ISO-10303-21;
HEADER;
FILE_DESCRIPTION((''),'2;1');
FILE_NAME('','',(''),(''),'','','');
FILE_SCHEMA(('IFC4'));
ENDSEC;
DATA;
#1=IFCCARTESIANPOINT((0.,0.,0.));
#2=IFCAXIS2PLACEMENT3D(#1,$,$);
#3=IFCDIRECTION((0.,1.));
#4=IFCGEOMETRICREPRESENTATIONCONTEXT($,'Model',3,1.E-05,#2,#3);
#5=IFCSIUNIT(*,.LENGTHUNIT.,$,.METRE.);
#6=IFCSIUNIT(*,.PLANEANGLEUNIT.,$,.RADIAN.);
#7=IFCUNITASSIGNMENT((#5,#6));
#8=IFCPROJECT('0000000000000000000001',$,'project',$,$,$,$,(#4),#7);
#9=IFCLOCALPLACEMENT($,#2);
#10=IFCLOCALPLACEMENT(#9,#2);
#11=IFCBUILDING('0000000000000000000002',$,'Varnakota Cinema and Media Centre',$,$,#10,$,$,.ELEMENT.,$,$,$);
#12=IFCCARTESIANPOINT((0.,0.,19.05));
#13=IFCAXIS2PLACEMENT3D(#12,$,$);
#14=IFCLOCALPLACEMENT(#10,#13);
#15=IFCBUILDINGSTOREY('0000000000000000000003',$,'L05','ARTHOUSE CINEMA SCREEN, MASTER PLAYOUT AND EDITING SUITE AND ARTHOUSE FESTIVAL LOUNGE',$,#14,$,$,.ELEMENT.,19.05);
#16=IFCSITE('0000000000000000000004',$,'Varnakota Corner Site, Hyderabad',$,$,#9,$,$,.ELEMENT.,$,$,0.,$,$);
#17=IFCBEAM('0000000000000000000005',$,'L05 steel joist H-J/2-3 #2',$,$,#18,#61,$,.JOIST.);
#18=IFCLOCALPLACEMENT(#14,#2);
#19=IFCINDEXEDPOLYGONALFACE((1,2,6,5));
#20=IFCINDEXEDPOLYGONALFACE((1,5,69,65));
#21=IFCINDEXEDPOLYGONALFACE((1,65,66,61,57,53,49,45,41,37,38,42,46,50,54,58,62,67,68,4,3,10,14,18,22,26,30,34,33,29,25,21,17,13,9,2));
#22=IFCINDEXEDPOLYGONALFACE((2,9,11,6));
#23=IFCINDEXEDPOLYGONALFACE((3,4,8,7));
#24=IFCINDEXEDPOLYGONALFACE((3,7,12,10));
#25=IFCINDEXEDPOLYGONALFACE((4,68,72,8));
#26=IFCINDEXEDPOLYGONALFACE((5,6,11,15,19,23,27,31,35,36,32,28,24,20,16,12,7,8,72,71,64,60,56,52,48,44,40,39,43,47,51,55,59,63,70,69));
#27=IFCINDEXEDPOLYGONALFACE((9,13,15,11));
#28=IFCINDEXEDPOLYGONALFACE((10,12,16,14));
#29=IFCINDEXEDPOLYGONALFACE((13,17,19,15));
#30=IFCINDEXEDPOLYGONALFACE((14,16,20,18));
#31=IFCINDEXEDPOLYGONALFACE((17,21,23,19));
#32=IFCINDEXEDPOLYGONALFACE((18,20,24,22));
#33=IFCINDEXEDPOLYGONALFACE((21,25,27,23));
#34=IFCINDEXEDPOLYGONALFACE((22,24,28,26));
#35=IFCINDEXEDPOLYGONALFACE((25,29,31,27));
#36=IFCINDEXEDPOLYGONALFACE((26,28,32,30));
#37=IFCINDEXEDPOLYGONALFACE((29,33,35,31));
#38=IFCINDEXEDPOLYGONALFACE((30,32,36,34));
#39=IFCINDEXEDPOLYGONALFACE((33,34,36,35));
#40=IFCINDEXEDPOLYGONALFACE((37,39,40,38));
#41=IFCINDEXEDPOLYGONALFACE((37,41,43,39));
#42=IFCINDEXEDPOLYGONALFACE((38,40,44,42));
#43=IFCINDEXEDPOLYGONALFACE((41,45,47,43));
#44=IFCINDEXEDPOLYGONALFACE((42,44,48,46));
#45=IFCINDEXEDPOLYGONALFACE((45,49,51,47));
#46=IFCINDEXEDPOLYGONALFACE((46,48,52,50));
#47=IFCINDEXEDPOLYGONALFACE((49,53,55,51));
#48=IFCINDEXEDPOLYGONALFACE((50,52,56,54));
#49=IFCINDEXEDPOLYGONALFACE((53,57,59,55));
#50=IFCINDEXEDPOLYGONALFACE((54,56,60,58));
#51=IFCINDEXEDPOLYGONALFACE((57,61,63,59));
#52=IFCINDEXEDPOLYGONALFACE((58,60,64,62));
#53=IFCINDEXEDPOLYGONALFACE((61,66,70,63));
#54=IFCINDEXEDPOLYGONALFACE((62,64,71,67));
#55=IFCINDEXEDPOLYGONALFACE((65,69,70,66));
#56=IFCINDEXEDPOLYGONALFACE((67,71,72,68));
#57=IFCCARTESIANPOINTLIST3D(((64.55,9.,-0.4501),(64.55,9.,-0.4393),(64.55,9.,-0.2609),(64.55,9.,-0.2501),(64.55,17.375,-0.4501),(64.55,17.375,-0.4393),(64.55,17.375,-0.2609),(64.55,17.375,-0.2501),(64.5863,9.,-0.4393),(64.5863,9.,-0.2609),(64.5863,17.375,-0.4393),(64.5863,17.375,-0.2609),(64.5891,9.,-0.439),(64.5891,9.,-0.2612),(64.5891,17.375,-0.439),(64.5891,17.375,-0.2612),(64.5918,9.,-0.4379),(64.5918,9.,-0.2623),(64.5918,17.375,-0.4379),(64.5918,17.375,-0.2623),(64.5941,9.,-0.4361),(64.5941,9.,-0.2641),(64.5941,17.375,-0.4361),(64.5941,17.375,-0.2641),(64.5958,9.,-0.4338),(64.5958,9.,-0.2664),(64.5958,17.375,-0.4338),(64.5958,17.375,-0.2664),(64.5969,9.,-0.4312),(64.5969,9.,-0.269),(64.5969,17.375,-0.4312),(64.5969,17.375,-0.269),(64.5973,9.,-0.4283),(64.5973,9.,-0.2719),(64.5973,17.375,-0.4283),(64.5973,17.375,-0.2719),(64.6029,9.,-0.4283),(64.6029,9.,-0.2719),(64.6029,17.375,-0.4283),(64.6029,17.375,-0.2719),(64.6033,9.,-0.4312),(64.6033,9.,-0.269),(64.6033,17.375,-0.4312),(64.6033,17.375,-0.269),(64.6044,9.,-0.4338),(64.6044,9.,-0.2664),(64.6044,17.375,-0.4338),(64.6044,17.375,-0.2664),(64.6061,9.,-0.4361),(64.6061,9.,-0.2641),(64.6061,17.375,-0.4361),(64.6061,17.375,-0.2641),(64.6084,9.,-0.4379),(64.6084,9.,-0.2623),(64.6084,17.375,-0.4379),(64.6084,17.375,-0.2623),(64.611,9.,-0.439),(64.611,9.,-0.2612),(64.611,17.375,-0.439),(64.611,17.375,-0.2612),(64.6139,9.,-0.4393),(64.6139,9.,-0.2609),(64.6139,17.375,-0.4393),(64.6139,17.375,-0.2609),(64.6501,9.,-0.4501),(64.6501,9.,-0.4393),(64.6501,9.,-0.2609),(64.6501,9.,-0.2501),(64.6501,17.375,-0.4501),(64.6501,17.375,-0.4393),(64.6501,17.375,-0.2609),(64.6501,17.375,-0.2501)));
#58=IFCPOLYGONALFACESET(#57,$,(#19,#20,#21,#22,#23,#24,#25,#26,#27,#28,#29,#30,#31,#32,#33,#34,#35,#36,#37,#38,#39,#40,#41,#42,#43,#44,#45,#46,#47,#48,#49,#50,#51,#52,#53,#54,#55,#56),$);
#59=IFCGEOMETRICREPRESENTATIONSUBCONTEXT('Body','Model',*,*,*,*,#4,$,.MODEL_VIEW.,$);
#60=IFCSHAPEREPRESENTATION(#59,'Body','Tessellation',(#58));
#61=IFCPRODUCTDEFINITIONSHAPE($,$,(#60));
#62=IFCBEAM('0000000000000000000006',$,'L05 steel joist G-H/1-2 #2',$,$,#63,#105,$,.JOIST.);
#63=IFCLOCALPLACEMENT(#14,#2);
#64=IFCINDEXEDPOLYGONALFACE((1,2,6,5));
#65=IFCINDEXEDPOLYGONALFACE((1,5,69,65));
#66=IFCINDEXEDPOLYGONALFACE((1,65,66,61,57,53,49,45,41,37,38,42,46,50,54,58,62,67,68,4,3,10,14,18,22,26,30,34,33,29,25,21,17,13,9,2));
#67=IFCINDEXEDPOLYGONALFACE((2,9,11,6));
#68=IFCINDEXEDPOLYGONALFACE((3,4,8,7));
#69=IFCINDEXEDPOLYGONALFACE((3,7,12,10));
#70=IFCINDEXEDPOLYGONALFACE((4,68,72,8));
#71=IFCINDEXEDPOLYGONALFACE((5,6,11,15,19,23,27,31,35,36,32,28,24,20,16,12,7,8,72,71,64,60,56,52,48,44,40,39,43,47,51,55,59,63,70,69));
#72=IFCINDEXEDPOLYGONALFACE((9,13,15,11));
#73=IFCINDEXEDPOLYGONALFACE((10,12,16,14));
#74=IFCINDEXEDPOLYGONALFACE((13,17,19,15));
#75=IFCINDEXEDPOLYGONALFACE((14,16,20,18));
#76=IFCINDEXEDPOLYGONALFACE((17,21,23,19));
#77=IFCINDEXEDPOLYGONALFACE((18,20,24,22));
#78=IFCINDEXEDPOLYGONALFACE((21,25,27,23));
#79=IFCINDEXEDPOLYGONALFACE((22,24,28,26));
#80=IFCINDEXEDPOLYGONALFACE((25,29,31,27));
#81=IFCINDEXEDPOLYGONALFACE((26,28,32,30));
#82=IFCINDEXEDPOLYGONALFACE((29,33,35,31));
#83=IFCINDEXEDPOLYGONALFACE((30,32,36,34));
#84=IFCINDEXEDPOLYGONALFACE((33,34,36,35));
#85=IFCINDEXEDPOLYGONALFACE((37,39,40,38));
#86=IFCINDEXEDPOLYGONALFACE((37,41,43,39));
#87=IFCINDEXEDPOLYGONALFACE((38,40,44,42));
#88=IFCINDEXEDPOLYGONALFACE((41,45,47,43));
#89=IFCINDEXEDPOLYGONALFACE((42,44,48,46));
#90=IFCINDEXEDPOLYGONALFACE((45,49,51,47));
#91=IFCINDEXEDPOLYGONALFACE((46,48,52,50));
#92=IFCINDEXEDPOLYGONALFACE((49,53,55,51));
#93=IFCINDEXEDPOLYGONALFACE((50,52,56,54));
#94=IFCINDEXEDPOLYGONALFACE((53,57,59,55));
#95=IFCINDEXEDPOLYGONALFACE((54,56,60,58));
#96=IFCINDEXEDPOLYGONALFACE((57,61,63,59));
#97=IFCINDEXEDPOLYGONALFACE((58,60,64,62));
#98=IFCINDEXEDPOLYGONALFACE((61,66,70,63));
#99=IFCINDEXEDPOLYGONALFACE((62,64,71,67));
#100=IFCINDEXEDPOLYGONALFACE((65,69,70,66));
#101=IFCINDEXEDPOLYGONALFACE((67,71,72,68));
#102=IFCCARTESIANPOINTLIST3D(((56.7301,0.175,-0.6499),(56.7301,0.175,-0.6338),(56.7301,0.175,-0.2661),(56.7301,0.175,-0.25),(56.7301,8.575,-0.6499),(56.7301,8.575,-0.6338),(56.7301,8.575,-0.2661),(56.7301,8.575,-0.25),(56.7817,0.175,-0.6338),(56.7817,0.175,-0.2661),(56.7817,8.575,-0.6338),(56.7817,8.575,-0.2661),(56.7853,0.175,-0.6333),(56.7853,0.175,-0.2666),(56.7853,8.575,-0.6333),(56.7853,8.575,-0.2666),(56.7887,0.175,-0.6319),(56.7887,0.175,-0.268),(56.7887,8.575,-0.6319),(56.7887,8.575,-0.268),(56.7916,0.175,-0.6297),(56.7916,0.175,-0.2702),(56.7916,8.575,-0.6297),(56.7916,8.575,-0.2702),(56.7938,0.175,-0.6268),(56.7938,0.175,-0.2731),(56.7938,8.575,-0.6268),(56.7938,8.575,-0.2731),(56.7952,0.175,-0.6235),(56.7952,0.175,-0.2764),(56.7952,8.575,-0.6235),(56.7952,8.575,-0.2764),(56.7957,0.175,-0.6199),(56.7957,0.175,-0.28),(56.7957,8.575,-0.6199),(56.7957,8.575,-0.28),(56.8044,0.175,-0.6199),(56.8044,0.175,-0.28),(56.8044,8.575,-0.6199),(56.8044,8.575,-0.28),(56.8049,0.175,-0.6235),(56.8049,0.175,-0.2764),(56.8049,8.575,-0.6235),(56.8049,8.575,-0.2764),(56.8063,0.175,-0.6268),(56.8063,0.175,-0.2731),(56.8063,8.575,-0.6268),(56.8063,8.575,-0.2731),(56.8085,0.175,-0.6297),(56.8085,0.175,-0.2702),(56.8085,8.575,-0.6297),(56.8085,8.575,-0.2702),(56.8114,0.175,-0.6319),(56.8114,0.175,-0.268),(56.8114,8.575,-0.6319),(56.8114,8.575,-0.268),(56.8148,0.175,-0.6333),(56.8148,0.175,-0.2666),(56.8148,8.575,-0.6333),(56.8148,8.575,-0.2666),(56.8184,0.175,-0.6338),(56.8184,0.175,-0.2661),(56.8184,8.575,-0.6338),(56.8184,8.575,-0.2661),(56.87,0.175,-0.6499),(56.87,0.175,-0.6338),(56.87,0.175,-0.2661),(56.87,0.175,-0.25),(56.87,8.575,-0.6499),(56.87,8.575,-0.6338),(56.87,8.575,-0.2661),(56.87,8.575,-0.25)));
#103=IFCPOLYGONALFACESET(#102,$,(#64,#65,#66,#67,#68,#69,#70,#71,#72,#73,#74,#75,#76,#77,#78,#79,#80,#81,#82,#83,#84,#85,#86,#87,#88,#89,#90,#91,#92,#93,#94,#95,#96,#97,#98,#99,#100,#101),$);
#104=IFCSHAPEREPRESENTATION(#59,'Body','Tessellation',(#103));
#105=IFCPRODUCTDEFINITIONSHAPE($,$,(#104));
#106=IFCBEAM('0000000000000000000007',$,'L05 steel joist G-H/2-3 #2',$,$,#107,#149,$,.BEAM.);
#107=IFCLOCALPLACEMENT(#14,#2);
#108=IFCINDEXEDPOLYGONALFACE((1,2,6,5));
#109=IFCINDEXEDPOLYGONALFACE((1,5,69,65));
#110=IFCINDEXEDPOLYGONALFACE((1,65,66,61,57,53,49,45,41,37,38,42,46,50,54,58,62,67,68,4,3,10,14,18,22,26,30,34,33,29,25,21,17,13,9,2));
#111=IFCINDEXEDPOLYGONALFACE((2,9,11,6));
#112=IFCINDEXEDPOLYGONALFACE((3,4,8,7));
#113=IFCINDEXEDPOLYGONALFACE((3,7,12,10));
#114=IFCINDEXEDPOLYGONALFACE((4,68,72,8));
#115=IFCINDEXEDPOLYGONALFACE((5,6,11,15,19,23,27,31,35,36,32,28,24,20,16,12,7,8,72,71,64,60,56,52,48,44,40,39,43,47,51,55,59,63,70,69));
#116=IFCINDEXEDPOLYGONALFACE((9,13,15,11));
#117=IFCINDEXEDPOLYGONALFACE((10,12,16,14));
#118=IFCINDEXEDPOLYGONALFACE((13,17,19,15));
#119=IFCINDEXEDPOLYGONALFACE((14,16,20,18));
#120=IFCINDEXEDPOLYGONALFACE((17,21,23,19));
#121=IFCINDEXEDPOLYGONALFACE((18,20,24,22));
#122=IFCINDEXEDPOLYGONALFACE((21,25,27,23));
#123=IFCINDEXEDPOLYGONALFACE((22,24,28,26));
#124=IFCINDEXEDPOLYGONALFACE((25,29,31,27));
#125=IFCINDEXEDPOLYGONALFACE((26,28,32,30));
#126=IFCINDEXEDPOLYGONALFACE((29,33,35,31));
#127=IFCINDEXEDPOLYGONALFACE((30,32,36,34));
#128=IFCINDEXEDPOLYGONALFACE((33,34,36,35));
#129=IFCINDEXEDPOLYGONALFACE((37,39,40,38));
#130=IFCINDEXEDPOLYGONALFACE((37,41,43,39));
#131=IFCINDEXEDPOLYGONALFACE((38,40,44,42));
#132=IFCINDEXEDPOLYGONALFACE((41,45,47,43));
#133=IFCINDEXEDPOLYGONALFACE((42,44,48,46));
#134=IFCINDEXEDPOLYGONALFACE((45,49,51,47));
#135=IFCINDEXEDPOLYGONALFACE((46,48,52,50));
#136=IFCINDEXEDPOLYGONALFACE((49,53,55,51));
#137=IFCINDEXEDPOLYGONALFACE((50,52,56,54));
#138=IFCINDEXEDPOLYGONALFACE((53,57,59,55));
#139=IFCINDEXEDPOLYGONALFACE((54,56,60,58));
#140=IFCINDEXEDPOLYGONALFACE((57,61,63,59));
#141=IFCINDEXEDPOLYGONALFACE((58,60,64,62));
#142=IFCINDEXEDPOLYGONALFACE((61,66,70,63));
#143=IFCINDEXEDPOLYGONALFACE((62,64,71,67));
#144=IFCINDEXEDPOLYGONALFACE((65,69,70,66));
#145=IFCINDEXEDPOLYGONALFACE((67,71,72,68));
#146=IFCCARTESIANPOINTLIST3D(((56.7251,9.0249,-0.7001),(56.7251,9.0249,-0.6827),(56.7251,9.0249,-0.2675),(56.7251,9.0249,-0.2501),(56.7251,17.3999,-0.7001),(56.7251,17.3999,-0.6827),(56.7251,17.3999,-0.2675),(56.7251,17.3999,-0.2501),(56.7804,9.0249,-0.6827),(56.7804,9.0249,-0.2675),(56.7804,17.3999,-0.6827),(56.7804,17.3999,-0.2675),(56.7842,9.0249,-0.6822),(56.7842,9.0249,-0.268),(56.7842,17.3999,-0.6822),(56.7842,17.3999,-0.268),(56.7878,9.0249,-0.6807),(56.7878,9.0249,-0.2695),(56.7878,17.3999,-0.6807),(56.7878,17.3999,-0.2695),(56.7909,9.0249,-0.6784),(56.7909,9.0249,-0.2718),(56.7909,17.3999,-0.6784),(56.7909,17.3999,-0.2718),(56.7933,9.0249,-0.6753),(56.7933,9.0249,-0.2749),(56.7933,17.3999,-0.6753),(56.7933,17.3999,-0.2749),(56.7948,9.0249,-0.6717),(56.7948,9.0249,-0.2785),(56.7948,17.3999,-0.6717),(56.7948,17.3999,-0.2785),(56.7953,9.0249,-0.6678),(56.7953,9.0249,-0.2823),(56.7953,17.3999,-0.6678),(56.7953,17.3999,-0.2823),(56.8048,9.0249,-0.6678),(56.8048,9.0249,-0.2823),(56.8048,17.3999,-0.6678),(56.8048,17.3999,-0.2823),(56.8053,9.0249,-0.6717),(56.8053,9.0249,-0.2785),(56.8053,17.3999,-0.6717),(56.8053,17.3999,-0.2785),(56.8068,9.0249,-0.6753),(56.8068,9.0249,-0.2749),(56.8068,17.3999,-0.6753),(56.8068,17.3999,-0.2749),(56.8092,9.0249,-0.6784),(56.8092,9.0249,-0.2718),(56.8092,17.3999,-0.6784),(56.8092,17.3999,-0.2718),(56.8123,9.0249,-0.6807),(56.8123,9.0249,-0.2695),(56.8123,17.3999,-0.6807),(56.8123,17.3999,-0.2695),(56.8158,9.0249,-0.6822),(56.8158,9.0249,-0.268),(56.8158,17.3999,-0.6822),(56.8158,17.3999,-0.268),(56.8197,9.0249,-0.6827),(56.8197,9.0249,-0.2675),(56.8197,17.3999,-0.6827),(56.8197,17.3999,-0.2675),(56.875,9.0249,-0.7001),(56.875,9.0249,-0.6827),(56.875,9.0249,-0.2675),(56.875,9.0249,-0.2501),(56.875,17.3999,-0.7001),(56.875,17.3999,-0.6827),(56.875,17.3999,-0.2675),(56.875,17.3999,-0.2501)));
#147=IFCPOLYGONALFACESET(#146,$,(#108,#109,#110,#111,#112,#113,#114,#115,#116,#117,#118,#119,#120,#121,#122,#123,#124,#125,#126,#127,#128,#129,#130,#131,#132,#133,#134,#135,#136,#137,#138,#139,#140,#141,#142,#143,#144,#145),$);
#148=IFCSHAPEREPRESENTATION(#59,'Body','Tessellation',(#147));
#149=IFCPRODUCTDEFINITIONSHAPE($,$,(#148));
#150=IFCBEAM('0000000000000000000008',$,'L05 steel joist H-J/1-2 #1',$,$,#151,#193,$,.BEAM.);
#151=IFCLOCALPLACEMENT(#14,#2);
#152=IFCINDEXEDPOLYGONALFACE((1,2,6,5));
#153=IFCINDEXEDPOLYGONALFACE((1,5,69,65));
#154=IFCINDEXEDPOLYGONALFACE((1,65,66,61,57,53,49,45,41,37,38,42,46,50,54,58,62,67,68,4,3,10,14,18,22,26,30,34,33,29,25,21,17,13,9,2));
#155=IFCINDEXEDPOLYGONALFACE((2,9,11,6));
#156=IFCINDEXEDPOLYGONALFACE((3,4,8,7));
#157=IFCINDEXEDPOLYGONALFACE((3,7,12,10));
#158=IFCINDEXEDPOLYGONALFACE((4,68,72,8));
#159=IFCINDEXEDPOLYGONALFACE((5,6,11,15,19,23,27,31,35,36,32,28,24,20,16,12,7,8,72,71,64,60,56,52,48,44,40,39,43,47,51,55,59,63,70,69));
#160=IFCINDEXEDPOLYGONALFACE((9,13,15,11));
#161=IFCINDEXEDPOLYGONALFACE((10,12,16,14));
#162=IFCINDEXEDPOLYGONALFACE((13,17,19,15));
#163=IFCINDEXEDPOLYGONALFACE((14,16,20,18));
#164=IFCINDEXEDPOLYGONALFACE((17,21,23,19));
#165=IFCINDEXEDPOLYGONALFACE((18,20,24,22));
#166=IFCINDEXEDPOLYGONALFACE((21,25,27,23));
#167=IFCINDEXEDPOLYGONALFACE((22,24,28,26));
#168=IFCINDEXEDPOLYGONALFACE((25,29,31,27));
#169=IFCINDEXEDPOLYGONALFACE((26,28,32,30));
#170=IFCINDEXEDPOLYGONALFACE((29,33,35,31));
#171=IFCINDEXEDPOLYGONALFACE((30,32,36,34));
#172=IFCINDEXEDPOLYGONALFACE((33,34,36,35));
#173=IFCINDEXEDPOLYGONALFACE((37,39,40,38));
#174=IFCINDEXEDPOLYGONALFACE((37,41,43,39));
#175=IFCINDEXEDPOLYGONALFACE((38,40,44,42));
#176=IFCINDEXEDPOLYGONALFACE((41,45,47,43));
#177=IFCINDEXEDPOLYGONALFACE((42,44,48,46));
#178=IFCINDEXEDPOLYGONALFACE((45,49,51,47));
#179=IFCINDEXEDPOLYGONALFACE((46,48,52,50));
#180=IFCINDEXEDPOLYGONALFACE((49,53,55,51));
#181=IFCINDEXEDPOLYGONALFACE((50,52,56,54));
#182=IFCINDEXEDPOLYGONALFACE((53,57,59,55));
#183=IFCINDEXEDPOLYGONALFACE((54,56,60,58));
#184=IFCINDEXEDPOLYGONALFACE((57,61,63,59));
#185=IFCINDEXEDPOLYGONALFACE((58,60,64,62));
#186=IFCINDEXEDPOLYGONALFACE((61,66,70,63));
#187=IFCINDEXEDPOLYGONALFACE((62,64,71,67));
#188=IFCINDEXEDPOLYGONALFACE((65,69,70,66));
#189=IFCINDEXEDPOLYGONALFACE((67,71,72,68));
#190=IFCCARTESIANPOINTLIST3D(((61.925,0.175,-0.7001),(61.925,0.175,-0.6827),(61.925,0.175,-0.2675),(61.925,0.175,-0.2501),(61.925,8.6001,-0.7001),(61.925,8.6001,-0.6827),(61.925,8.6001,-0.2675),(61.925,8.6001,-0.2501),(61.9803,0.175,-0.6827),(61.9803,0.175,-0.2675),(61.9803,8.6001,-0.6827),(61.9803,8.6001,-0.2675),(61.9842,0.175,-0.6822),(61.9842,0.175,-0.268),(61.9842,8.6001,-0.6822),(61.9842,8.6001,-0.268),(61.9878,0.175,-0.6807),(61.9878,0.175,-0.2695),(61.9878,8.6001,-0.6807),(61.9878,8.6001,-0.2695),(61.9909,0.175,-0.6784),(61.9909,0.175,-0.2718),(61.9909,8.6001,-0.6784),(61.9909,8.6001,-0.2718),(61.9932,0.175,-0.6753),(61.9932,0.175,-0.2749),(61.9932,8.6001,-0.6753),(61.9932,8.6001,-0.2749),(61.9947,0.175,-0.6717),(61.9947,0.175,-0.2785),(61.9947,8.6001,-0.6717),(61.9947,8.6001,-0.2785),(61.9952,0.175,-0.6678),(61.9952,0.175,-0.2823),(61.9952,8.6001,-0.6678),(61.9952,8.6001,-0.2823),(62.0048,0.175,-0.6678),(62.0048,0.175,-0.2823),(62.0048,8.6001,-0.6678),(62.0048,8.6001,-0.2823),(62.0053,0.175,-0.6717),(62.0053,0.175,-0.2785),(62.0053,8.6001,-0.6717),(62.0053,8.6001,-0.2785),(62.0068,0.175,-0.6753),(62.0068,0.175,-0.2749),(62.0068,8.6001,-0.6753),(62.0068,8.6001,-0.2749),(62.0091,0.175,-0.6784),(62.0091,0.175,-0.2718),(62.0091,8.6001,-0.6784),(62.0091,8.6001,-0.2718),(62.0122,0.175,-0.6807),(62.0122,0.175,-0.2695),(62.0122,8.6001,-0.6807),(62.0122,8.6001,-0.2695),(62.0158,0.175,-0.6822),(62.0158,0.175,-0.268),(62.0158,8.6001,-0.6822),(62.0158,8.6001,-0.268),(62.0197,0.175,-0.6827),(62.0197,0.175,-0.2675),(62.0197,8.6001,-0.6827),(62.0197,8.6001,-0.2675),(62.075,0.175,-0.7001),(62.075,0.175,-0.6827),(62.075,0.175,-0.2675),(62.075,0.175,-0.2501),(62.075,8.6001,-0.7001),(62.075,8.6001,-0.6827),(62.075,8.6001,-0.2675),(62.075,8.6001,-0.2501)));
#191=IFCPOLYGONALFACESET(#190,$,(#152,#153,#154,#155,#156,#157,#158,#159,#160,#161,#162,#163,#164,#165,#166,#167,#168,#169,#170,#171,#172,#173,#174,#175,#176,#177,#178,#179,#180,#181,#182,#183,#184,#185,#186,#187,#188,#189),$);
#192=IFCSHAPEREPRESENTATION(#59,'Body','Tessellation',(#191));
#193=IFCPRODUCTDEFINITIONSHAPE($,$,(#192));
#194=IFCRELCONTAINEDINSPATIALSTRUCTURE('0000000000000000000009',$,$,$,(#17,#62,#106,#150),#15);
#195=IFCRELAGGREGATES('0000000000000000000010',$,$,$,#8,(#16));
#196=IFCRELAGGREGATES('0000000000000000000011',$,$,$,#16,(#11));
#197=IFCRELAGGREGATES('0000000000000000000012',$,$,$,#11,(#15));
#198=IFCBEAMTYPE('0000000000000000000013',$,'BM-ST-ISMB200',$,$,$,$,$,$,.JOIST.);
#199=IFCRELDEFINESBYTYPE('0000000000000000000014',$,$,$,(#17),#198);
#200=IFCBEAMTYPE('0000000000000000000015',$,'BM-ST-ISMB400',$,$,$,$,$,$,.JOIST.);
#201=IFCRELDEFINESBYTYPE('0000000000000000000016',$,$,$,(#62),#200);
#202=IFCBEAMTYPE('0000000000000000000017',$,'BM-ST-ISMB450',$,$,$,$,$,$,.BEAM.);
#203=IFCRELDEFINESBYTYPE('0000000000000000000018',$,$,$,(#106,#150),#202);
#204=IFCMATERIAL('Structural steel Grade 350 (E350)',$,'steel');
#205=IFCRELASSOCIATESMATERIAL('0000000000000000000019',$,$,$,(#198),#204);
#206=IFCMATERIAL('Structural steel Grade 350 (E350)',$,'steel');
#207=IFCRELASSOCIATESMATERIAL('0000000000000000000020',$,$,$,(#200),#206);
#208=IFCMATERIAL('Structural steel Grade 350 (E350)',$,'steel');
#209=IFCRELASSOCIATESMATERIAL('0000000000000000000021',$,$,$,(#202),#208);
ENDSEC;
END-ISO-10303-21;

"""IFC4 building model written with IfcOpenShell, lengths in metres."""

from ifc_helpers import new_model, si_unit, direction, frame, origin, origin_2d, place, context, subcontext, project, spatial, i_section, extrude, material, material_profile, profile_set, type_object, element, save


model = new_model("IFC4")

# Units and contexts
model_context = context("Model", 3, precision=1e-05, world=origin(), true_north=direction((0.0, 1.0)))
body_context = subcontext(model_context, "Body", "Model", "MODEL_VIEW")
ifc_project = project(units=[si_unit("LENGTHUNIT", "METRE"), si_unit("PLANEANGLEUNIT", "RADIAN")], contexts=[model_context])

# Site, building, storey
site_placement = place(None, origin())
site = spatial("IfcSite", under=ifc_project, at=site_placement, Name="Varnakota Corner Site, Hyderabad", CompositionType="ELEMENT", RefElevation=0.0)
building_placement = place(site_placement, origin())
building = spatial("IfcBuilding", under=site, at=building_placement, Name="Varnakota Cinema and Media Centre", CompositionType="ELEMENT")
storey_placement = place(building_placement, frame((0.0, 0.0, 19.05)))
storey = spatial("IfcBuildingStorey", under=building, at=storey_placement, Name="L05", Description="ARTHOUSE CINEMA SCREEN, MASTER PLAYOUT AND EDITING SUITE AND ARTHOUSE FESTIVAL LOUNGE", CompositionType="ELEMENT", Elevation=19.05)

# Beams
ifc_material_1 = material(Name="Structural steel Grade 350 (E350)", Category="steel")
ifc_material_profile_1 = material_profile(ifc_material_1, i_section(OverallWidth=0.1001, OverallDepth=0.2, WebThickness=0.0056, FlangeThickness=0.0107, FilletRadius=0.011, at=origin_2d()), Name="ISMB 200")
ifc_profile_set_1 = profile_set([ifc_material_profile_1], Name="Structural steel Grade 350 (E350)")
beam_type_1 = type_object("IfcBeamType", Name="BM-ST-ISMB200", PredefinedType="JOIST", material=ifc_profile_set_1)
for number, where, z_axis, x_axis, name in (
    (1, (64.6001, 9.0, -0.3501), (0.0, 1.0, 0.0), (-1.0, 0.0, 0.0), "L05 steel joist H-J/2-3 #2"),
):
    element("IfcBeam", number, at=place(storey_placement, frame(where, z_axis=z_axis, x_axis=x_axis)), inside=storey, type_object=beam_type_1, Name=name, PredefinedType="JOIST", context=body_context, shape_type="SweptSolid", body=[
        extrude(i_section(OverallWidth=0.1001, OverallDepth=0.2, WebThickness=0.0056, FlangeThickness=0.0107, FilletRadius=0.011, at=origin_2d()), origin(), (0.0, 0.0, 1.0), 8.375),
    ])
ifc_material_2 = material(Name="Structural steel Grade 350 (E350)", Category="steel")
ifc_material_profile_2 = material_profile(ifc_material_2, i_section(OverallWidth=0.1399, OverallDepth=0.3999, WebThickness=0.0088, FlangeThickness=0.0161, FilletRadius=0.0139, at=origin_2d()), Name="ISMB 400")
ifc_profile_set_2 = profile_set([ifc_material_profile_2], Name="Structural steel Grade 350 (E350)")
beam_type_2 = type_object("IfcBeamType", Name="BM-ST-ISMB400", PredefinedType="JOIST", material=ifc_profile_set_2)
beam_1_placement = place(storey_placement, frame((56.8, 0.175, -0.45), z_axis=(0.0, 1.0, 0.0), x_axis=(-1.0, 0.0, 0.0)))
element("IfcBeam", 2, at=beam_1_placement, inside=storey, type_object=beam_type_2, Name="L05 steel joist G-H/1-2 #2", PredefinedType="JOIST", context=body_context, shape_type="SweptSolid", body=[
    extrude(i_section(OverallWidth=0.1399, OverallDepth=0.3999, WebThickness=0.0088, FlangeThickness=0.0161, FilletRadius=0.0139, at=origin_2d()), origin(), (0.0, 0.0, 1.0), 8.3999),
])
ifc_material_3 = material(Name="Structural steel Grade 350 (E350)", Category="steel")
ifc_material_profile_3 = material_profile(ifc_material_3, i_section(OverallWidth=0.1499, OverallDepth=0.45, WebThickness=0.0095, FlangeThickness=0.0173, FilletRadius=0.0149, at=origin_2d()), Name="ISMB 450")
ifc_profile_set_3 = profile_set([ifc_material_profile_3], Name="Structural steel Grade 350 (E350)")
beam_type_3 = type_object("IfcBeamType", Name="BM-ST-ISMB450", PredefinedType="BEAM", material=ifc_profile_set_3)
beam_2_placement = place(storey_placement, frame((56.8, 9.0249, -0.4751), z_axis=(0.0, 1.0, 0.0), x_axis=(-1.0, 0.0, 0.0)))
element("IfcBeam", 3, at=beam_2_placement, inside=storey, type_object=beam_type_3, Name="L05 steel joist G-H/2-3 #2", PredefinedType="BEAM", context=body_context, shape_type="SweptSolid", body=[
    extrude(i_section(OverallWidth=0.1499, OverallDepth=0.45, WebThickness=0.0095, FlangeThickness=0.0173, FilletRadius=0.0149, at=origin_2d()), origin(), (0.0, 0.0, 1.0), 8.375),
])
for number, where, z_axis, x_axis, name in (
    (4, (62.0, 0.175, -0.4751), (0.0, 1.0, 0.0), (-1.0, 0.0, 0.0), "L05 steel joist H-J/1-2 #1"),
):
    element("IfcBeam", number, at=place(storey_placement, frame(where, z_axis=z_axis, x_axis=x_axis)), inside=storey, type_object=beam_type_3, Name=name, PredefinedType="BEAM", context=body_context, shape_type="SweptSolid", body=[
        extrude(i_section(OverallWidth=0.1499, OverallDepth=0.45, WebThickness=0.0095, FlangeThickness=0.0173, FilletRadius=0.0149, at=origin_2d()), origin(), (0.0, 0.0, 1.0), 8.425),
    ])

save(model, "model.ifc")
